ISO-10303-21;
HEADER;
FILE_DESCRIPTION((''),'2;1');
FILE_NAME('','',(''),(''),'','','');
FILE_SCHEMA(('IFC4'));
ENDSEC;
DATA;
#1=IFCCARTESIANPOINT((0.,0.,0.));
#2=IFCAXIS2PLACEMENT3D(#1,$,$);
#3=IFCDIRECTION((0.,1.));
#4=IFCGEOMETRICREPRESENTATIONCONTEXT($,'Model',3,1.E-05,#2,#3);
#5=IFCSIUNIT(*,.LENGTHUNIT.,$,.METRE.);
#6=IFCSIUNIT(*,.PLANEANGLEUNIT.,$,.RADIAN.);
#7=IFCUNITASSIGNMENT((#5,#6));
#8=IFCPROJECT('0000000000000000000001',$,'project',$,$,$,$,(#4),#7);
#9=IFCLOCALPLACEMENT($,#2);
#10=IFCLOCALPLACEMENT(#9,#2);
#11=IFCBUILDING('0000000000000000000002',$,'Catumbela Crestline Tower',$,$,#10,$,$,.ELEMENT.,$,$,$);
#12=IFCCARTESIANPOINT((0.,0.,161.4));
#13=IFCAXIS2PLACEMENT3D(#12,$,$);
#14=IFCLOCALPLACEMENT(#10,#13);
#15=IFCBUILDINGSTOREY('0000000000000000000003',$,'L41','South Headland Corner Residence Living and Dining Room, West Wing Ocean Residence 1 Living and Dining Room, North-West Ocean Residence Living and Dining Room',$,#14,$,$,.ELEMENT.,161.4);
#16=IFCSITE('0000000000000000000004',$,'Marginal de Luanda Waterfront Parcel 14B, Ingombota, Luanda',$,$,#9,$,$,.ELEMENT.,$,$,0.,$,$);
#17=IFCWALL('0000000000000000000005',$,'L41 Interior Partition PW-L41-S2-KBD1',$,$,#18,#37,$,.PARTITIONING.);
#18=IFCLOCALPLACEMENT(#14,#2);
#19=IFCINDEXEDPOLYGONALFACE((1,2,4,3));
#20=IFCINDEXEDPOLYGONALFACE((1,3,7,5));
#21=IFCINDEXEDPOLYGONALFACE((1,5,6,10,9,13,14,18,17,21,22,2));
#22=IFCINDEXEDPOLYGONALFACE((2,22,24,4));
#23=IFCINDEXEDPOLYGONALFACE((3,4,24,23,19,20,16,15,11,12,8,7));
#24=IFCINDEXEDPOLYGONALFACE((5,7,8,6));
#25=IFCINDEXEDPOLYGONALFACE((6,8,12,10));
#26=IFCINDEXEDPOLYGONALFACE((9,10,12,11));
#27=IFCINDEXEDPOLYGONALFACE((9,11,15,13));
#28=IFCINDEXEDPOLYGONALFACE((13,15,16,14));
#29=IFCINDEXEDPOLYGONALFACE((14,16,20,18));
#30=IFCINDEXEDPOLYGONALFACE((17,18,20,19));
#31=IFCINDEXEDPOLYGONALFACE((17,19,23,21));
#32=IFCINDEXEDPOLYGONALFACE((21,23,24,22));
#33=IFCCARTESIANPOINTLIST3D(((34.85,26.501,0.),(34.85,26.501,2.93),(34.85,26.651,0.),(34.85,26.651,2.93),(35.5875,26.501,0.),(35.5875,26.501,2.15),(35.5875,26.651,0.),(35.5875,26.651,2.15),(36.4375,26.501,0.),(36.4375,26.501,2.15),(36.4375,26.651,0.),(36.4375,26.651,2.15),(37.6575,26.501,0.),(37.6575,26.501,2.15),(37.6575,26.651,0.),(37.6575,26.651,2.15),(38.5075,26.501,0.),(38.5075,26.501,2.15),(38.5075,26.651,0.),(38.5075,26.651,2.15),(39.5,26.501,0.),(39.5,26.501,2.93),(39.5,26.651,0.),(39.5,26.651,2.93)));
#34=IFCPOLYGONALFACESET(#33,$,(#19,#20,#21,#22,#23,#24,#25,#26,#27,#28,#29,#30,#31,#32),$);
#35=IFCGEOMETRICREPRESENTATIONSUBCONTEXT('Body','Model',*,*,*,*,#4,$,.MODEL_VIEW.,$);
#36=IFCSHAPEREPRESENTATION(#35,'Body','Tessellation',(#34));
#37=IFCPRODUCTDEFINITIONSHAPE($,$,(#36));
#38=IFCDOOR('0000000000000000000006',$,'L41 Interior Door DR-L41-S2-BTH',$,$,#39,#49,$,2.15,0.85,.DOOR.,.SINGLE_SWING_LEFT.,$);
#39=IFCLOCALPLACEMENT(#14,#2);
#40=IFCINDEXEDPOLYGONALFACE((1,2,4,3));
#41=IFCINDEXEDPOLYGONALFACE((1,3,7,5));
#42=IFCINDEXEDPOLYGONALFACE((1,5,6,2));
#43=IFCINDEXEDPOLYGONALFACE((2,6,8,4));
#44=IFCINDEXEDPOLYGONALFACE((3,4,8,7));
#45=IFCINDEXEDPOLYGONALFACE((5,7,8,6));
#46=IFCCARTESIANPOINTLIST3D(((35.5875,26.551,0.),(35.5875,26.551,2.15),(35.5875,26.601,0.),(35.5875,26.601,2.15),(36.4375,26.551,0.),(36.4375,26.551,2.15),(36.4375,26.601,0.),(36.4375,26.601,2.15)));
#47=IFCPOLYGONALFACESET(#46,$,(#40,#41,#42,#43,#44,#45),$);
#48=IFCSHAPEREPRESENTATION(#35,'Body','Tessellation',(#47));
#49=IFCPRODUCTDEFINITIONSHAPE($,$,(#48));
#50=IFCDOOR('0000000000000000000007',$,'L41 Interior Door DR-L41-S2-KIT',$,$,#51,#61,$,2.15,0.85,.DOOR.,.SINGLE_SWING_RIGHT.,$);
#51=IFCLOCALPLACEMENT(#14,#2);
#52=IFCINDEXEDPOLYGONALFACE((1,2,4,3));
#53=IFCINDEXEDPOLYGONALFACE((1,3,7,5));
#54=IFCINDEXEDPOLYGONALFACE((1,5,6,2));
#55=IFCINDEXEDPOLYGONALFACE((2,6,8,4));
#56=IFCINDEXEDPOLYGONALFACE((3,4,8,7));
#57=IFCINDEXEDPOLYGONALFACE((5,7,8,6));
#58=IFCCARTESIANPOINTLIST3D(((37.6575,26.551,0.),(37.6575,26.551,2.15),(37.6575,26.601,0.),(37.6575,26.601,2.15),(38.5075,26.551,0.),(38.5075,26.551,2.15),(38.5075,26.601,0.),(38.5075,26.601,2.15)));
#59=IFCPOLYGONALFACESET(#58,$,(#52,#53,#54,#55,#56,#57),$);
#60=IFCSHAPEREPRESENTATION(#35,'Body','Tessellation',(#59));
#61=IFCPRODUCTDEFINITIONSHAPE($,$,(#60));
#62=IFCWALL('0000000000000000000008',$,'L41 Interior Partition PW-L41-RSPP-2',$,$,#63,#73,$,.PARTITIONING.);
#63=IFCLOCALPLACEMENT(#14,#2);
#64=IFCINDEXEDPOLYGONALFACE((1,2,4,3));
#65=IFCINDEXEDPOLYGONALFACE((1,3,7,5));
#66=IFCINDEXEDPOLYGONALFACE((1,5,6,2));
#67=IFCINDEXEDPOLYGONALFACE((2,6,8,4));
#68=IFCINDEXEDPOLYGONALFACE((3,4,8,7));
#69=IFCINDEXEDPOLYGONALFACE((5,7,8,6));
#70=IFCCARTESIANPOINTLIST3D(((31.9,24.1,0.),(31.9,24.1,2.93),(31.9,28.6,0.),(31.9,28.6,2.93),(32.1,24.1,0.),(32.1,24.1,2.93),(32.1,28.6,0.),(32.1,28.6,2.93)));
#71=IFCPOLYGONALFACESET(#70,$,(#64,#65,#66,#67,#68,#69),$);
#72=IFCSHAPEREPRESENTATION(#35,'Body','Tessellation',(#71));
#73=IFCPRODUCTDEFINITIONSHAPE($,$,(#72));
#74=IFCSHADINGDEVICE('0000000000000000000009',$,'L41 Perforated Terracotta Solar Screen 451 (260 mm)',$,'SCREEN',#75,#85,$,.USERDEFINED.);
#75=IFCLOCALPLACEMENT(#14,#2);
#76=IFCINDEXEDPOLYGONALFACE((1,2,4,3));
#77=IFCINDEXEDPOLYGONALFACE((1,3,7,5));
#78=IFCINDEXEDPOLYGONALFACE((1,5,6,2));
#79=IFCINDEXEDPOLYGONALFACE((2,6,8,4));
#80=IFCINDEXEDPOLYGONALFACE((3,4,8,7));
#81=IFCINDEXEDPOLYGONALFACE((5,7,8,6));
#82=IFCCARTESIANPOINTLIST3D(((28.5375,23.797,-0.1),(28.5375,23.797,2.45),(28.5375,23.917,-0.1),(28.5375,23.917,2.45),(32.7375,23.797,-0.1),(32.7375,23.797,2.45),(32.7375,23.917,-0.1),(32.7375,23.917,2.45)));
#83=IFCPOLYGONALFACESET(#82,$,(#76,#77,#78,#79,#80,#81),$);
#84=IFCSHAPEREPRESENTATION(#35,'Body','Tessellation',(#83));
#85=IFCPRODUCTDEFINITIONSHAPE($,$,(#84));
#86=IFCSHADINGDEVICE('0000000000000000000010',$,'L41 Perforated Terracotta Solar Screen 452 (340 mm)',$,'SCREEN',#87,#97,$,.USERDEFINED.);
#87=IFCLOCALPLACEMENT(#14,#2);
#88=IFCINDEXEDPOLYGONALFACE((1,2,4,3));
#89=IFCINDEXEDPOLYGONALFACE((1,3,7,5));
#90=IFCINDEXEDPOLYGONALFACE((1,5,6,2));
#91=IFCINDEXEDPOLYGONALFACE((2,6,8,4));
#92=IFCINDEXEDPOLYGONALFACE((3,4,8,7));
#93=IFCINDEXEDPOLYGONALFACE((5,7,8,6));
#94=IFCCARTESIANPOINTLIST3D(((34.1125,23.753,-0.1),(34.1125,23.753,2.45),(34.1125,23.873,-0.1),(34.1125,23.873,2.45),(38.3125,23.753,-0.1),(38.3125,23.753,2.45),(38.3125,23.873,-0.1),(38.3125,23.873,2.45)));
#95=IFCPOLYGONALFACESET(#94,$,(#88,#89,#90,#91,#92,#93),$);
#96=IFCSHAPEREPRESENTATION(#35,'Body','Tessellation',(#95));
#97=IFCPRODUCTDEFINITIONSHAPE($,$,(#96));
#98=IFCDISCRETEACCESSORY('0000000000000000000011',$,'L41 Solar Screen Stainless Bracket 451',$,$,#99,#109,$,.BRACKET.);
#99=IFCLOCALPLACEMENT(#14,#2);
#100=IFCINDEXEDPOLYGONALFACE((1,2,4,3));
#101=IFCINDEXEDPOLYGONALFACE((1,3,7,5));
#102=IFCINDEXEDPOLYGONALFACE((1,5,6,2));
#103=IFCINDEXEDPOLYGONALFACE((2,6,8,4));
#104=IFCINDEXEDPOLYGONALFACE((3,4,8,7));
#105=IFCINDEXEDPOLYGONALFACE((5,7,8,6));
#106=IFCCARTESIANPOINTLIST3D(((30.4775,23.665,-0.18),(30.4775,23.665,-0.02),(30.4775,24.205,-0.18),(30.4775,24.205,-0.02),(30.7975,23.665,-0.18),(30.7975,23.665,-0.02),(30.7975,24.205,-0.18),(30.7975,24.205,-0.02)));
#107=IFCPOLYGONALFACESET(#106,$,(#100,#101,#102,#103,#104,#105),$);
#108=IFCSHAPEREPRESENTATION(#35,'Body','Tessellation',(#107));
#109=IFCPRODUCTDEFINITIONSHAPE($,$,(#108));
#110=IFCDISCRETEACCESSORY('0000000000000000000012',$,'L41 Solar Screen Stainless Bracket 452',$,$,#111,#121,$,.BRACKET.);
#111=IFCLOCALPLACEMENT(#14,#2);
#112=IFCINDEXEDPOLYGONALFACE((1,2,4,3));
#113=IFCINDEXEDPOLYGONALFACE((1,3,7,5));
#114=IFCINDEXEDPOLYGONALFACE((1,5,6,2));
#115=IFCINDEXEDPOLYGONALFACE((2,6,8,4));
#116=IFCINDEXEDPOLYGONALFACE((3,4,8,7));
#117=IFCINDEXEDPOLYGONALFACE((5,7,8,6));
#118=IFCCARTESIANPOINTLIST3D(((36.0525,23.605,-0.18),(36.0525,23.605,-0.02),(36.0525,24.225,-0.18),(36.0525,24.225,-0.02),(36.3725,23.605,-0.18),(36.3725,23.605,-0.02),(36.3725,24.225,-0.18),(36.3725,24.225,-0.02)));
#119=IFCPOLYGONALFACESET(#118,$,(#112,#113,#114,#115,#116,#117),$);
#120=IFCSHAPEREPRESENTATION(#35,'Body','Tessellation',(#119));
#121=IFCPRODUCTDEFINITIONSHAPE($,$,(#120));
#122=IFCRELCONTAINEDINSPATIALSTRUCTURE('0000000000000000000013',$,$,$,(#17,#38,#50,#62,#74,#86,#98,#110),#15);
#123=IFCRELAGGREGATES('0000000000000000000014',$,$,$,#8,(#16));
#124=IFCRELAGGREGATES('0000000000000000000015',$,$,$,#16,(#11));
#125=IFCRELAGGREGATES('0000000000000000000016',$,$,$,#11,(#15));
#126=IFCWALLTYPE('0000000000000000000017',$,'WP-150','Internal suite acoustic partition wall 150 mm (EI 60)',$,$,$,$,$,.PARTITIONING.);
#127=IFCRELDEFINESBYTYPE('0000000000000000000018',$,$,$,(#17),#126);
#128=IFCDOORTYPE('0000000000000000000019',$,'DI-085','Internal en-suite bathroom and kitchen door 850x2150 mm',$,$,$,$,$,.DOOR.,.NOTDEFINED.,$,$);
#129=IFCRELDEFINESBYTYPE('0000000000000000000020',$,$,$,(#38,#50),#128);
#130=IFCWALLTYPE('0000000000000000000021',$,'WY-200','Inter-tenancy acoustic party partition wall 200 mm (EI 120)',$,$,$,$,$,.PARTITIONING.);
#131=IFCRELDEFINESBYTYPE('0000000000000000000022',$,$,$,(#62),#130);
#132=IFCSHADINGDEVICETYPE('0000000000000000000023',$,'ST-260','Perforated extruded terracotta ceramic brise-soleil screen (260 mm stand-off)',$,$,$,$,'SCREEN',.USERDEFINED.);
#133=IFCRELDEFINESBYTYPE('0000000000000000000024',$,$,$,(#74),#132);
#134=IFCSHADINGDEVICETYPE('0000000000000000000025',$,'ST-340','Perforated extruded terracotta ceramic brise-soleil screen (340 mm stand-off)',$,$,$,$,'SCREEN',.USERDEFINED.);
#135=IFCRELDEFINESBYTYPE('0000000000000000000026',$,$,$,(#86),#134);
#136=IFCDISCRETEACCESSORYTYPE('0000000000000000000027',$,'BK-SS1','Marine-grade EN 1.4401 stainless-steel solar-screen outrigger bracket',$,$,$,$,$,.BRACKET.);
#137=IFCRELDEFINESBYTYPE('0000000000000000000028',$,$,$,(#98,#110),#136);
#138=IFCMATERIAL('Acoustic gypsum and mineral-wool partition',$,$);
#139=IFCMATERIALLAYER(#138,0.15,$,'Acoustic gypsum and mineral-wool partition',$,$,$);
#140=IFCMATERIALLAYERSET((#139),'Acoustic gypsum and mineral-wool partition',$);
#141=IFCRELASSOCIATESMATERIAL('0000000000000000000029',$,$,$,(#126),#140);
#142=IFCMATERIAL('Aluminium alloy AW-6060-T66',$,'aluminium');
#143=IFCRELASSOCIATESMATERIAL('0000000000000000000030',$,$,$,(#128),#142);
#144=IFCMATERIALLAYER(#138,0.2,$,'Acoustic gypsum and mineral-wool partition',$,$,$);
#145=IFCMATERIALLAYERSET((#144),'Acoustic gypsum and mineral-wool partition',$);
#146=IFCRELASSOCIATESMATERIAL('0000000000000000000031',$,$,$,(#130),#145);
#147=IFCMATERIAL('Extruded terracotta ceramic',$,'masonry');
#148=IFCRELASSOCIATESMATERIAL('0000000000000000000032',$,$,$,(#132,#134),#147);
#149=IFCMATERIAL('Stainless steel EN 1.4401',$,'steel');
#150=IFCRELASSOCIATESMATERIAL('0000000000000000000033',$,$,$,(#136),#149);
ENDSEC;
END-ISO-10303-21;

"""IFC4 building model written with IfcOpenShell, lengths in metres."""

from ifc_helpers import new_model, si_unit, direction, frame, frame_2d, origin, origin_2d, place, context, subcontext, project, spatial, rectangle, extrude, material, layer, layer_set, type_object, element, fill, save


model = new_model("IFC4")

# Units and contexts
model_context = context("Model", 3, precision=1e-05, world=origin(), true_north=direction((0.0, 1.0)))
body_context = subcontext(model_context, "Body", "Model", "MODEL_VIEW")
ifc_project = project(units=[si_unit("LENGTHUNIT", "METRE"), si_unit("PLANEANGLEUNIT", "RADIAN")], contexts=[model_context])

# Site, building, storey
site_placement = place(None, origin())
site = spatial("IfcSite", under=ifc_project, at=site_placement, Name="Marginal de Luanda Waterfront Parcel 14B, Ingombota, Luanda", CompositionType="ELEMENT", RefElevation=0.0)
building_placement = place(site_placement, origin())
building = spatial("IfcBuilding", under=site, at=building_placement, Name="Catumbela Crestline Tower", CompositionType="ELEMENT")
storey_placement = place(building_placement, frame((0.0, 0.0, 161.4)))
storey = spatial("IfcBuildingStorey", under=building, at=storey_placement, Name="L41", Description="South Headland Corner Residence Living and Dining Room, West Wing Ocean Residence 1 Living and Dining Room, North-West Ocean Residence Living and Dining Room", CompositionType="ELEMENT", Elevation=161.4)

# Shared definitions
ifc_material_1 = material(Name="Aluminium alloy AW-6060-T66", Category="aluminium")

# Shared definitions
ifc_material_2 = material(Name="Acoustic gypsum and mineral-wool partition")
ifc_layer_1 = layer(ifc_material_2, 0.15, Name="Acoustic gypsum and mineral-wool partition")
ifc_layer_set_1 = layer_set([ifc_layer_1], Name="Acoustic gypsum and mineral-wool partition")
wall_type_1 = type_object("IfcWallType", Name="WP-150", Description="Internal suite acoustic partition wall 150 mm (EI 60)", PredefinedType="PARTITIONING", material=ifc_layer_set_1)

# Wall, openings, doors
wall_1_placement = place(storey_placement, frame((34.85, 26.576, 0.0), z_axis=(0.0, 0.0, 1.0), x_axis=(1.0, 0.0, 0.0)))
wall_1 = element("IfcWall", 1, at=wall_1_placement, inside=storey, type_object=wall_type_1, Name="L41 Interior Partition PW-L41-S2-KBD1", PredefinedType="PARTITIONING", context=body_context, shape_type="SweptSolid", body=[
    extrude(rectangle(XDim=4.65, YDim=0.15, at=frame_2d((2.325, 0.0))), origin(), (0.0, 0.0, 1.0), 2.93),
])
opening_1_placement = place(wall_1_placement, frame((0.7375, 0.0, 0.0)))
opening_1 = element("IfcOpeningElement", 2, at=opening_1_placement, cuts=wall_1, PredefinedType="OPENING", context=body_context, shape_type="SweptSolid", body=[
    extrude(rectangle(XDim=0.85, YDim=2.15, at=frame_2d((0.425, 1.075))), frame((0.0, 0.085, 0.0), z_axis=(0.0, -1.0, 0.0), x_axis=(1.0, 0.0, 0.0)), (0.0, 0.0, 1.0), 0.17),
])
opening_2_placement = place(wall_1_placement, frame((2.8075, 0.0, 0.0)))
opening_2 = element("IfcOpeningElement", 3, at=opening_2_placement, cuts=wall_1, PredefinedType="OPENING", context=body_context, shape_type="SweptSolid", body=[
    extrude(rectangle(XDim=0.85, YDim=2.15, at=frame_2d((0.425, 1.075))), frame((0.0, 0.085, 0.0), z_axis=(0.0, -1.0, 0.0), x_axis=(1.0, 0.0, 0.0)), (0.0, 0.0, 1.0), 0.17),
])
door_type = type_object("IfcDoorType", Name="DI-085", Description="Internal en-suite bathroom and kitchen door 850x2150 mm", OperationType="NOTDEFINED", PredefinedType="DOOR", material=ifc_material_1)
door_1_placement = place(opening_1_placement, origin())
door_1 = element("IfcDoor", 4, at=door_1_placement, inside=storey, type_object=door_type, Name="L41 Interior Door DR-L41-S2-BTH", OperationType="SINGLE_SWING_LEFT", OverallHeight=2.15, OverallWidth=0.85, PredefinedType="DOOR", context=body_context, shape_type="SweptSolid", body=[
    extrude(rectangle(XDim=0.85, YDim=2.15, at=frame_2d((0.425, 1.075))), frame((0.0, 0.025, 0.0), z_axis=(0.0, -1.0, 0.0), x_axis=(1.0, 0.0, 0.0)), (0.0, 0.0, 1.0), 0.05),
])
fill(opening_1, door_1)
door_2_placement = place(opening_2_placement, origin())
door_2 = element("IfcDoor", 5, at=door_2_placement, inside=storey, type_object=door_type, Name="L41 Interior Door DR-L41-S2-KIT", OperationType="SINGLE_SWING_RIGHT", OverallHeight=2.15, OverallWidth=0.85, PredefinedType="DOOR", context=body_context, shape_type="SweptSolid", body=[
    extrude(rectangle(XDim=0.85, YDim=2.15, at=frame_2d((0.425, 1.075))), frame((0.0, 0.025, 0.0), z_axis=(0.0, -1.0, 0.0), x_axis=(1.0, 0.0, 0.0)), (0.0, 0.0, 1.0), 0.05),
])
fill(opening_2, door_2)

# Wall
ifc_layer_2 = layer(ifc_material_2, 0.2, Name="Acoustic gypsum and mineral-wool partition")
ifc_layer_set_2 = layer_set([ifc_layer_2], Name="Acoustic gypsum and mineral-wool partition")
wall_type_2 = type_object("IfcWallType", Name="WY-200", Description="Inter-tenancy acoustic party partition wall 200 mm (EI 120)", PredefinedType="PARTITIONING", material=ifc_layer_set_2)
wall_2_placement = place(storey_placement, frame((32.0, 24.1, 0.0), z_axis=(0.0, 0.0, 1.0), x_axis=(0.0, 1.0, 0.0)))
element("IfcWall", 6, at=wall_2_placement, inside=storey, type_object=wall_type_2, Name="L41 Interior Partition PW-L41-RSPP-2", PredefinedType="PARTITIONING", context=body_context, shape_type="SweptSolid", body=[
    extrude(rectangle(XDim=4.5, YDim=0.2, at=frame_2d((2.25, 0.0))), origin(), (0.0, 0.0, 1.0), 2.93),
])

# Shading devices
ifc_material_3 = material(Name="Extruded terracotta ceramic", Category="masonry")
shading_device_type_1 = type_object("IfcShadingDeviceType", Name="ST-260", Description="Perforated extruded terracotta ceramic brise-soleil screen (260 mm stand-off)", ElementType="SCREEN", PredefinedType="USERDEFINED", material=ifc_material_3)
shading_device_1_placement = place(storey_placement, frame((30.6375, 23.857, -0.1), z_axis=(0.0, 0.0, 1.0), x_axis=(1.0, 0.0, 0.0)))
element("IfcShadingDevice", 7, at=shading_device_1_placement, inside=storey, type_object=shading_device_type_1, Name="L41 Perforated Terracotta Solar Screen 451 (260 mm)", ObjectType="SCREEN", PredefinedType="USERDEFINED", context=body_context, shape_type="SweptSolid", body=[
    extrude(rectangle(XDim=4.2, YDim=0.12, at=origin_2d()), origin(), (0.0, 0.0, 1.0), 2.55),
])
shading_device_type_2 = type_object("IfcShadingDeviceType", Name="ST-340", Description="Perforated extruded terracotta ceramic brise-soleil screen (340 mm stand-off)", ElementType="SCREEN", PredefinedType="USERDEFINED", material=ifc_material_3)
shading_device_2_placement = place(storey_placement, frame((36.2125, 23.813, -0.1), z_axis=(0.0, 0.0, 1.0), x_axis=(1.0, 0.0, 0.0)))
element("IfcShadingDevice", 8, at=shading_device_2_placement, inside=storey, type_object=shading_device_type_2, Name="L41 Perforated Terracotta Solar Screen 452 (340 mm)", ObjectType="SCREEN", PredefinedType="USERDEFINED", context=body_context, shape_type="SweptSolid", body=[
    extrude(rectangle(XDim=4.2, YDim=0.12, at=origin_2d()), origin(), (0.0, 0.0, 1.0), 2.55),
])

# Discrete accessories
ifc_material_4 = material(Name="Stainless steel EN 1.4401", Category="steel")
discrete_accessory_type = type_object("IfcDiscreteAccessoryType", Name="BK-SS1", Description="Marine-grade EN 1.4401 stainless-steel solar-screen outrigger bracket", PredefinedType="BRACKET", material=ifc_material_4)
discrete_accessory_1_placement = place(storey_placement, frame((30.6375, 23.935, -0.18), z_axis=(0.0, 0.0, 1.0), x_axis=(1.0, 0.0, 0.0)))
element("IfcDiscreteAccessory", 9, at=discrete_accessory_1_placement, inside=storey, type_object=discrete_accessory_type, Name="L41 Solar Screen Stainless Bracket 451", PredefinedType="BRACKET", context=body_context, shape_type="SweptSolid", body=[
    extrude(rectangle(XDim=0.32, YDim=0.54, at=origin_2d()), origin(), (0.0, 0.0, 1.0), 0.16),
])
discrete_accessory_2_placement = place(storey_placement, frame((36.2125, 23.915, -0.18), z_axis=(0.0, 0.0, 1.0), x_axis=(1.0, 0.0, 0.0)))
element("IfcDiscreteAccessory", 10, at=discrete_accessory_2_placement, inside=storey, type_object=discrete_accessory_type, Name="L41 Solar Screen Stainless Bracket 452", PredefinedType="BRACKET", context=body_context, shape_type="SweptSolid", body=[
    extrude(rectangle(XDim=0.32, YDim=0.62, at=origin_2d()), origin(), (0.0, 0.0, 1.0), 0.16),
])

save(model, "model.ifc")
